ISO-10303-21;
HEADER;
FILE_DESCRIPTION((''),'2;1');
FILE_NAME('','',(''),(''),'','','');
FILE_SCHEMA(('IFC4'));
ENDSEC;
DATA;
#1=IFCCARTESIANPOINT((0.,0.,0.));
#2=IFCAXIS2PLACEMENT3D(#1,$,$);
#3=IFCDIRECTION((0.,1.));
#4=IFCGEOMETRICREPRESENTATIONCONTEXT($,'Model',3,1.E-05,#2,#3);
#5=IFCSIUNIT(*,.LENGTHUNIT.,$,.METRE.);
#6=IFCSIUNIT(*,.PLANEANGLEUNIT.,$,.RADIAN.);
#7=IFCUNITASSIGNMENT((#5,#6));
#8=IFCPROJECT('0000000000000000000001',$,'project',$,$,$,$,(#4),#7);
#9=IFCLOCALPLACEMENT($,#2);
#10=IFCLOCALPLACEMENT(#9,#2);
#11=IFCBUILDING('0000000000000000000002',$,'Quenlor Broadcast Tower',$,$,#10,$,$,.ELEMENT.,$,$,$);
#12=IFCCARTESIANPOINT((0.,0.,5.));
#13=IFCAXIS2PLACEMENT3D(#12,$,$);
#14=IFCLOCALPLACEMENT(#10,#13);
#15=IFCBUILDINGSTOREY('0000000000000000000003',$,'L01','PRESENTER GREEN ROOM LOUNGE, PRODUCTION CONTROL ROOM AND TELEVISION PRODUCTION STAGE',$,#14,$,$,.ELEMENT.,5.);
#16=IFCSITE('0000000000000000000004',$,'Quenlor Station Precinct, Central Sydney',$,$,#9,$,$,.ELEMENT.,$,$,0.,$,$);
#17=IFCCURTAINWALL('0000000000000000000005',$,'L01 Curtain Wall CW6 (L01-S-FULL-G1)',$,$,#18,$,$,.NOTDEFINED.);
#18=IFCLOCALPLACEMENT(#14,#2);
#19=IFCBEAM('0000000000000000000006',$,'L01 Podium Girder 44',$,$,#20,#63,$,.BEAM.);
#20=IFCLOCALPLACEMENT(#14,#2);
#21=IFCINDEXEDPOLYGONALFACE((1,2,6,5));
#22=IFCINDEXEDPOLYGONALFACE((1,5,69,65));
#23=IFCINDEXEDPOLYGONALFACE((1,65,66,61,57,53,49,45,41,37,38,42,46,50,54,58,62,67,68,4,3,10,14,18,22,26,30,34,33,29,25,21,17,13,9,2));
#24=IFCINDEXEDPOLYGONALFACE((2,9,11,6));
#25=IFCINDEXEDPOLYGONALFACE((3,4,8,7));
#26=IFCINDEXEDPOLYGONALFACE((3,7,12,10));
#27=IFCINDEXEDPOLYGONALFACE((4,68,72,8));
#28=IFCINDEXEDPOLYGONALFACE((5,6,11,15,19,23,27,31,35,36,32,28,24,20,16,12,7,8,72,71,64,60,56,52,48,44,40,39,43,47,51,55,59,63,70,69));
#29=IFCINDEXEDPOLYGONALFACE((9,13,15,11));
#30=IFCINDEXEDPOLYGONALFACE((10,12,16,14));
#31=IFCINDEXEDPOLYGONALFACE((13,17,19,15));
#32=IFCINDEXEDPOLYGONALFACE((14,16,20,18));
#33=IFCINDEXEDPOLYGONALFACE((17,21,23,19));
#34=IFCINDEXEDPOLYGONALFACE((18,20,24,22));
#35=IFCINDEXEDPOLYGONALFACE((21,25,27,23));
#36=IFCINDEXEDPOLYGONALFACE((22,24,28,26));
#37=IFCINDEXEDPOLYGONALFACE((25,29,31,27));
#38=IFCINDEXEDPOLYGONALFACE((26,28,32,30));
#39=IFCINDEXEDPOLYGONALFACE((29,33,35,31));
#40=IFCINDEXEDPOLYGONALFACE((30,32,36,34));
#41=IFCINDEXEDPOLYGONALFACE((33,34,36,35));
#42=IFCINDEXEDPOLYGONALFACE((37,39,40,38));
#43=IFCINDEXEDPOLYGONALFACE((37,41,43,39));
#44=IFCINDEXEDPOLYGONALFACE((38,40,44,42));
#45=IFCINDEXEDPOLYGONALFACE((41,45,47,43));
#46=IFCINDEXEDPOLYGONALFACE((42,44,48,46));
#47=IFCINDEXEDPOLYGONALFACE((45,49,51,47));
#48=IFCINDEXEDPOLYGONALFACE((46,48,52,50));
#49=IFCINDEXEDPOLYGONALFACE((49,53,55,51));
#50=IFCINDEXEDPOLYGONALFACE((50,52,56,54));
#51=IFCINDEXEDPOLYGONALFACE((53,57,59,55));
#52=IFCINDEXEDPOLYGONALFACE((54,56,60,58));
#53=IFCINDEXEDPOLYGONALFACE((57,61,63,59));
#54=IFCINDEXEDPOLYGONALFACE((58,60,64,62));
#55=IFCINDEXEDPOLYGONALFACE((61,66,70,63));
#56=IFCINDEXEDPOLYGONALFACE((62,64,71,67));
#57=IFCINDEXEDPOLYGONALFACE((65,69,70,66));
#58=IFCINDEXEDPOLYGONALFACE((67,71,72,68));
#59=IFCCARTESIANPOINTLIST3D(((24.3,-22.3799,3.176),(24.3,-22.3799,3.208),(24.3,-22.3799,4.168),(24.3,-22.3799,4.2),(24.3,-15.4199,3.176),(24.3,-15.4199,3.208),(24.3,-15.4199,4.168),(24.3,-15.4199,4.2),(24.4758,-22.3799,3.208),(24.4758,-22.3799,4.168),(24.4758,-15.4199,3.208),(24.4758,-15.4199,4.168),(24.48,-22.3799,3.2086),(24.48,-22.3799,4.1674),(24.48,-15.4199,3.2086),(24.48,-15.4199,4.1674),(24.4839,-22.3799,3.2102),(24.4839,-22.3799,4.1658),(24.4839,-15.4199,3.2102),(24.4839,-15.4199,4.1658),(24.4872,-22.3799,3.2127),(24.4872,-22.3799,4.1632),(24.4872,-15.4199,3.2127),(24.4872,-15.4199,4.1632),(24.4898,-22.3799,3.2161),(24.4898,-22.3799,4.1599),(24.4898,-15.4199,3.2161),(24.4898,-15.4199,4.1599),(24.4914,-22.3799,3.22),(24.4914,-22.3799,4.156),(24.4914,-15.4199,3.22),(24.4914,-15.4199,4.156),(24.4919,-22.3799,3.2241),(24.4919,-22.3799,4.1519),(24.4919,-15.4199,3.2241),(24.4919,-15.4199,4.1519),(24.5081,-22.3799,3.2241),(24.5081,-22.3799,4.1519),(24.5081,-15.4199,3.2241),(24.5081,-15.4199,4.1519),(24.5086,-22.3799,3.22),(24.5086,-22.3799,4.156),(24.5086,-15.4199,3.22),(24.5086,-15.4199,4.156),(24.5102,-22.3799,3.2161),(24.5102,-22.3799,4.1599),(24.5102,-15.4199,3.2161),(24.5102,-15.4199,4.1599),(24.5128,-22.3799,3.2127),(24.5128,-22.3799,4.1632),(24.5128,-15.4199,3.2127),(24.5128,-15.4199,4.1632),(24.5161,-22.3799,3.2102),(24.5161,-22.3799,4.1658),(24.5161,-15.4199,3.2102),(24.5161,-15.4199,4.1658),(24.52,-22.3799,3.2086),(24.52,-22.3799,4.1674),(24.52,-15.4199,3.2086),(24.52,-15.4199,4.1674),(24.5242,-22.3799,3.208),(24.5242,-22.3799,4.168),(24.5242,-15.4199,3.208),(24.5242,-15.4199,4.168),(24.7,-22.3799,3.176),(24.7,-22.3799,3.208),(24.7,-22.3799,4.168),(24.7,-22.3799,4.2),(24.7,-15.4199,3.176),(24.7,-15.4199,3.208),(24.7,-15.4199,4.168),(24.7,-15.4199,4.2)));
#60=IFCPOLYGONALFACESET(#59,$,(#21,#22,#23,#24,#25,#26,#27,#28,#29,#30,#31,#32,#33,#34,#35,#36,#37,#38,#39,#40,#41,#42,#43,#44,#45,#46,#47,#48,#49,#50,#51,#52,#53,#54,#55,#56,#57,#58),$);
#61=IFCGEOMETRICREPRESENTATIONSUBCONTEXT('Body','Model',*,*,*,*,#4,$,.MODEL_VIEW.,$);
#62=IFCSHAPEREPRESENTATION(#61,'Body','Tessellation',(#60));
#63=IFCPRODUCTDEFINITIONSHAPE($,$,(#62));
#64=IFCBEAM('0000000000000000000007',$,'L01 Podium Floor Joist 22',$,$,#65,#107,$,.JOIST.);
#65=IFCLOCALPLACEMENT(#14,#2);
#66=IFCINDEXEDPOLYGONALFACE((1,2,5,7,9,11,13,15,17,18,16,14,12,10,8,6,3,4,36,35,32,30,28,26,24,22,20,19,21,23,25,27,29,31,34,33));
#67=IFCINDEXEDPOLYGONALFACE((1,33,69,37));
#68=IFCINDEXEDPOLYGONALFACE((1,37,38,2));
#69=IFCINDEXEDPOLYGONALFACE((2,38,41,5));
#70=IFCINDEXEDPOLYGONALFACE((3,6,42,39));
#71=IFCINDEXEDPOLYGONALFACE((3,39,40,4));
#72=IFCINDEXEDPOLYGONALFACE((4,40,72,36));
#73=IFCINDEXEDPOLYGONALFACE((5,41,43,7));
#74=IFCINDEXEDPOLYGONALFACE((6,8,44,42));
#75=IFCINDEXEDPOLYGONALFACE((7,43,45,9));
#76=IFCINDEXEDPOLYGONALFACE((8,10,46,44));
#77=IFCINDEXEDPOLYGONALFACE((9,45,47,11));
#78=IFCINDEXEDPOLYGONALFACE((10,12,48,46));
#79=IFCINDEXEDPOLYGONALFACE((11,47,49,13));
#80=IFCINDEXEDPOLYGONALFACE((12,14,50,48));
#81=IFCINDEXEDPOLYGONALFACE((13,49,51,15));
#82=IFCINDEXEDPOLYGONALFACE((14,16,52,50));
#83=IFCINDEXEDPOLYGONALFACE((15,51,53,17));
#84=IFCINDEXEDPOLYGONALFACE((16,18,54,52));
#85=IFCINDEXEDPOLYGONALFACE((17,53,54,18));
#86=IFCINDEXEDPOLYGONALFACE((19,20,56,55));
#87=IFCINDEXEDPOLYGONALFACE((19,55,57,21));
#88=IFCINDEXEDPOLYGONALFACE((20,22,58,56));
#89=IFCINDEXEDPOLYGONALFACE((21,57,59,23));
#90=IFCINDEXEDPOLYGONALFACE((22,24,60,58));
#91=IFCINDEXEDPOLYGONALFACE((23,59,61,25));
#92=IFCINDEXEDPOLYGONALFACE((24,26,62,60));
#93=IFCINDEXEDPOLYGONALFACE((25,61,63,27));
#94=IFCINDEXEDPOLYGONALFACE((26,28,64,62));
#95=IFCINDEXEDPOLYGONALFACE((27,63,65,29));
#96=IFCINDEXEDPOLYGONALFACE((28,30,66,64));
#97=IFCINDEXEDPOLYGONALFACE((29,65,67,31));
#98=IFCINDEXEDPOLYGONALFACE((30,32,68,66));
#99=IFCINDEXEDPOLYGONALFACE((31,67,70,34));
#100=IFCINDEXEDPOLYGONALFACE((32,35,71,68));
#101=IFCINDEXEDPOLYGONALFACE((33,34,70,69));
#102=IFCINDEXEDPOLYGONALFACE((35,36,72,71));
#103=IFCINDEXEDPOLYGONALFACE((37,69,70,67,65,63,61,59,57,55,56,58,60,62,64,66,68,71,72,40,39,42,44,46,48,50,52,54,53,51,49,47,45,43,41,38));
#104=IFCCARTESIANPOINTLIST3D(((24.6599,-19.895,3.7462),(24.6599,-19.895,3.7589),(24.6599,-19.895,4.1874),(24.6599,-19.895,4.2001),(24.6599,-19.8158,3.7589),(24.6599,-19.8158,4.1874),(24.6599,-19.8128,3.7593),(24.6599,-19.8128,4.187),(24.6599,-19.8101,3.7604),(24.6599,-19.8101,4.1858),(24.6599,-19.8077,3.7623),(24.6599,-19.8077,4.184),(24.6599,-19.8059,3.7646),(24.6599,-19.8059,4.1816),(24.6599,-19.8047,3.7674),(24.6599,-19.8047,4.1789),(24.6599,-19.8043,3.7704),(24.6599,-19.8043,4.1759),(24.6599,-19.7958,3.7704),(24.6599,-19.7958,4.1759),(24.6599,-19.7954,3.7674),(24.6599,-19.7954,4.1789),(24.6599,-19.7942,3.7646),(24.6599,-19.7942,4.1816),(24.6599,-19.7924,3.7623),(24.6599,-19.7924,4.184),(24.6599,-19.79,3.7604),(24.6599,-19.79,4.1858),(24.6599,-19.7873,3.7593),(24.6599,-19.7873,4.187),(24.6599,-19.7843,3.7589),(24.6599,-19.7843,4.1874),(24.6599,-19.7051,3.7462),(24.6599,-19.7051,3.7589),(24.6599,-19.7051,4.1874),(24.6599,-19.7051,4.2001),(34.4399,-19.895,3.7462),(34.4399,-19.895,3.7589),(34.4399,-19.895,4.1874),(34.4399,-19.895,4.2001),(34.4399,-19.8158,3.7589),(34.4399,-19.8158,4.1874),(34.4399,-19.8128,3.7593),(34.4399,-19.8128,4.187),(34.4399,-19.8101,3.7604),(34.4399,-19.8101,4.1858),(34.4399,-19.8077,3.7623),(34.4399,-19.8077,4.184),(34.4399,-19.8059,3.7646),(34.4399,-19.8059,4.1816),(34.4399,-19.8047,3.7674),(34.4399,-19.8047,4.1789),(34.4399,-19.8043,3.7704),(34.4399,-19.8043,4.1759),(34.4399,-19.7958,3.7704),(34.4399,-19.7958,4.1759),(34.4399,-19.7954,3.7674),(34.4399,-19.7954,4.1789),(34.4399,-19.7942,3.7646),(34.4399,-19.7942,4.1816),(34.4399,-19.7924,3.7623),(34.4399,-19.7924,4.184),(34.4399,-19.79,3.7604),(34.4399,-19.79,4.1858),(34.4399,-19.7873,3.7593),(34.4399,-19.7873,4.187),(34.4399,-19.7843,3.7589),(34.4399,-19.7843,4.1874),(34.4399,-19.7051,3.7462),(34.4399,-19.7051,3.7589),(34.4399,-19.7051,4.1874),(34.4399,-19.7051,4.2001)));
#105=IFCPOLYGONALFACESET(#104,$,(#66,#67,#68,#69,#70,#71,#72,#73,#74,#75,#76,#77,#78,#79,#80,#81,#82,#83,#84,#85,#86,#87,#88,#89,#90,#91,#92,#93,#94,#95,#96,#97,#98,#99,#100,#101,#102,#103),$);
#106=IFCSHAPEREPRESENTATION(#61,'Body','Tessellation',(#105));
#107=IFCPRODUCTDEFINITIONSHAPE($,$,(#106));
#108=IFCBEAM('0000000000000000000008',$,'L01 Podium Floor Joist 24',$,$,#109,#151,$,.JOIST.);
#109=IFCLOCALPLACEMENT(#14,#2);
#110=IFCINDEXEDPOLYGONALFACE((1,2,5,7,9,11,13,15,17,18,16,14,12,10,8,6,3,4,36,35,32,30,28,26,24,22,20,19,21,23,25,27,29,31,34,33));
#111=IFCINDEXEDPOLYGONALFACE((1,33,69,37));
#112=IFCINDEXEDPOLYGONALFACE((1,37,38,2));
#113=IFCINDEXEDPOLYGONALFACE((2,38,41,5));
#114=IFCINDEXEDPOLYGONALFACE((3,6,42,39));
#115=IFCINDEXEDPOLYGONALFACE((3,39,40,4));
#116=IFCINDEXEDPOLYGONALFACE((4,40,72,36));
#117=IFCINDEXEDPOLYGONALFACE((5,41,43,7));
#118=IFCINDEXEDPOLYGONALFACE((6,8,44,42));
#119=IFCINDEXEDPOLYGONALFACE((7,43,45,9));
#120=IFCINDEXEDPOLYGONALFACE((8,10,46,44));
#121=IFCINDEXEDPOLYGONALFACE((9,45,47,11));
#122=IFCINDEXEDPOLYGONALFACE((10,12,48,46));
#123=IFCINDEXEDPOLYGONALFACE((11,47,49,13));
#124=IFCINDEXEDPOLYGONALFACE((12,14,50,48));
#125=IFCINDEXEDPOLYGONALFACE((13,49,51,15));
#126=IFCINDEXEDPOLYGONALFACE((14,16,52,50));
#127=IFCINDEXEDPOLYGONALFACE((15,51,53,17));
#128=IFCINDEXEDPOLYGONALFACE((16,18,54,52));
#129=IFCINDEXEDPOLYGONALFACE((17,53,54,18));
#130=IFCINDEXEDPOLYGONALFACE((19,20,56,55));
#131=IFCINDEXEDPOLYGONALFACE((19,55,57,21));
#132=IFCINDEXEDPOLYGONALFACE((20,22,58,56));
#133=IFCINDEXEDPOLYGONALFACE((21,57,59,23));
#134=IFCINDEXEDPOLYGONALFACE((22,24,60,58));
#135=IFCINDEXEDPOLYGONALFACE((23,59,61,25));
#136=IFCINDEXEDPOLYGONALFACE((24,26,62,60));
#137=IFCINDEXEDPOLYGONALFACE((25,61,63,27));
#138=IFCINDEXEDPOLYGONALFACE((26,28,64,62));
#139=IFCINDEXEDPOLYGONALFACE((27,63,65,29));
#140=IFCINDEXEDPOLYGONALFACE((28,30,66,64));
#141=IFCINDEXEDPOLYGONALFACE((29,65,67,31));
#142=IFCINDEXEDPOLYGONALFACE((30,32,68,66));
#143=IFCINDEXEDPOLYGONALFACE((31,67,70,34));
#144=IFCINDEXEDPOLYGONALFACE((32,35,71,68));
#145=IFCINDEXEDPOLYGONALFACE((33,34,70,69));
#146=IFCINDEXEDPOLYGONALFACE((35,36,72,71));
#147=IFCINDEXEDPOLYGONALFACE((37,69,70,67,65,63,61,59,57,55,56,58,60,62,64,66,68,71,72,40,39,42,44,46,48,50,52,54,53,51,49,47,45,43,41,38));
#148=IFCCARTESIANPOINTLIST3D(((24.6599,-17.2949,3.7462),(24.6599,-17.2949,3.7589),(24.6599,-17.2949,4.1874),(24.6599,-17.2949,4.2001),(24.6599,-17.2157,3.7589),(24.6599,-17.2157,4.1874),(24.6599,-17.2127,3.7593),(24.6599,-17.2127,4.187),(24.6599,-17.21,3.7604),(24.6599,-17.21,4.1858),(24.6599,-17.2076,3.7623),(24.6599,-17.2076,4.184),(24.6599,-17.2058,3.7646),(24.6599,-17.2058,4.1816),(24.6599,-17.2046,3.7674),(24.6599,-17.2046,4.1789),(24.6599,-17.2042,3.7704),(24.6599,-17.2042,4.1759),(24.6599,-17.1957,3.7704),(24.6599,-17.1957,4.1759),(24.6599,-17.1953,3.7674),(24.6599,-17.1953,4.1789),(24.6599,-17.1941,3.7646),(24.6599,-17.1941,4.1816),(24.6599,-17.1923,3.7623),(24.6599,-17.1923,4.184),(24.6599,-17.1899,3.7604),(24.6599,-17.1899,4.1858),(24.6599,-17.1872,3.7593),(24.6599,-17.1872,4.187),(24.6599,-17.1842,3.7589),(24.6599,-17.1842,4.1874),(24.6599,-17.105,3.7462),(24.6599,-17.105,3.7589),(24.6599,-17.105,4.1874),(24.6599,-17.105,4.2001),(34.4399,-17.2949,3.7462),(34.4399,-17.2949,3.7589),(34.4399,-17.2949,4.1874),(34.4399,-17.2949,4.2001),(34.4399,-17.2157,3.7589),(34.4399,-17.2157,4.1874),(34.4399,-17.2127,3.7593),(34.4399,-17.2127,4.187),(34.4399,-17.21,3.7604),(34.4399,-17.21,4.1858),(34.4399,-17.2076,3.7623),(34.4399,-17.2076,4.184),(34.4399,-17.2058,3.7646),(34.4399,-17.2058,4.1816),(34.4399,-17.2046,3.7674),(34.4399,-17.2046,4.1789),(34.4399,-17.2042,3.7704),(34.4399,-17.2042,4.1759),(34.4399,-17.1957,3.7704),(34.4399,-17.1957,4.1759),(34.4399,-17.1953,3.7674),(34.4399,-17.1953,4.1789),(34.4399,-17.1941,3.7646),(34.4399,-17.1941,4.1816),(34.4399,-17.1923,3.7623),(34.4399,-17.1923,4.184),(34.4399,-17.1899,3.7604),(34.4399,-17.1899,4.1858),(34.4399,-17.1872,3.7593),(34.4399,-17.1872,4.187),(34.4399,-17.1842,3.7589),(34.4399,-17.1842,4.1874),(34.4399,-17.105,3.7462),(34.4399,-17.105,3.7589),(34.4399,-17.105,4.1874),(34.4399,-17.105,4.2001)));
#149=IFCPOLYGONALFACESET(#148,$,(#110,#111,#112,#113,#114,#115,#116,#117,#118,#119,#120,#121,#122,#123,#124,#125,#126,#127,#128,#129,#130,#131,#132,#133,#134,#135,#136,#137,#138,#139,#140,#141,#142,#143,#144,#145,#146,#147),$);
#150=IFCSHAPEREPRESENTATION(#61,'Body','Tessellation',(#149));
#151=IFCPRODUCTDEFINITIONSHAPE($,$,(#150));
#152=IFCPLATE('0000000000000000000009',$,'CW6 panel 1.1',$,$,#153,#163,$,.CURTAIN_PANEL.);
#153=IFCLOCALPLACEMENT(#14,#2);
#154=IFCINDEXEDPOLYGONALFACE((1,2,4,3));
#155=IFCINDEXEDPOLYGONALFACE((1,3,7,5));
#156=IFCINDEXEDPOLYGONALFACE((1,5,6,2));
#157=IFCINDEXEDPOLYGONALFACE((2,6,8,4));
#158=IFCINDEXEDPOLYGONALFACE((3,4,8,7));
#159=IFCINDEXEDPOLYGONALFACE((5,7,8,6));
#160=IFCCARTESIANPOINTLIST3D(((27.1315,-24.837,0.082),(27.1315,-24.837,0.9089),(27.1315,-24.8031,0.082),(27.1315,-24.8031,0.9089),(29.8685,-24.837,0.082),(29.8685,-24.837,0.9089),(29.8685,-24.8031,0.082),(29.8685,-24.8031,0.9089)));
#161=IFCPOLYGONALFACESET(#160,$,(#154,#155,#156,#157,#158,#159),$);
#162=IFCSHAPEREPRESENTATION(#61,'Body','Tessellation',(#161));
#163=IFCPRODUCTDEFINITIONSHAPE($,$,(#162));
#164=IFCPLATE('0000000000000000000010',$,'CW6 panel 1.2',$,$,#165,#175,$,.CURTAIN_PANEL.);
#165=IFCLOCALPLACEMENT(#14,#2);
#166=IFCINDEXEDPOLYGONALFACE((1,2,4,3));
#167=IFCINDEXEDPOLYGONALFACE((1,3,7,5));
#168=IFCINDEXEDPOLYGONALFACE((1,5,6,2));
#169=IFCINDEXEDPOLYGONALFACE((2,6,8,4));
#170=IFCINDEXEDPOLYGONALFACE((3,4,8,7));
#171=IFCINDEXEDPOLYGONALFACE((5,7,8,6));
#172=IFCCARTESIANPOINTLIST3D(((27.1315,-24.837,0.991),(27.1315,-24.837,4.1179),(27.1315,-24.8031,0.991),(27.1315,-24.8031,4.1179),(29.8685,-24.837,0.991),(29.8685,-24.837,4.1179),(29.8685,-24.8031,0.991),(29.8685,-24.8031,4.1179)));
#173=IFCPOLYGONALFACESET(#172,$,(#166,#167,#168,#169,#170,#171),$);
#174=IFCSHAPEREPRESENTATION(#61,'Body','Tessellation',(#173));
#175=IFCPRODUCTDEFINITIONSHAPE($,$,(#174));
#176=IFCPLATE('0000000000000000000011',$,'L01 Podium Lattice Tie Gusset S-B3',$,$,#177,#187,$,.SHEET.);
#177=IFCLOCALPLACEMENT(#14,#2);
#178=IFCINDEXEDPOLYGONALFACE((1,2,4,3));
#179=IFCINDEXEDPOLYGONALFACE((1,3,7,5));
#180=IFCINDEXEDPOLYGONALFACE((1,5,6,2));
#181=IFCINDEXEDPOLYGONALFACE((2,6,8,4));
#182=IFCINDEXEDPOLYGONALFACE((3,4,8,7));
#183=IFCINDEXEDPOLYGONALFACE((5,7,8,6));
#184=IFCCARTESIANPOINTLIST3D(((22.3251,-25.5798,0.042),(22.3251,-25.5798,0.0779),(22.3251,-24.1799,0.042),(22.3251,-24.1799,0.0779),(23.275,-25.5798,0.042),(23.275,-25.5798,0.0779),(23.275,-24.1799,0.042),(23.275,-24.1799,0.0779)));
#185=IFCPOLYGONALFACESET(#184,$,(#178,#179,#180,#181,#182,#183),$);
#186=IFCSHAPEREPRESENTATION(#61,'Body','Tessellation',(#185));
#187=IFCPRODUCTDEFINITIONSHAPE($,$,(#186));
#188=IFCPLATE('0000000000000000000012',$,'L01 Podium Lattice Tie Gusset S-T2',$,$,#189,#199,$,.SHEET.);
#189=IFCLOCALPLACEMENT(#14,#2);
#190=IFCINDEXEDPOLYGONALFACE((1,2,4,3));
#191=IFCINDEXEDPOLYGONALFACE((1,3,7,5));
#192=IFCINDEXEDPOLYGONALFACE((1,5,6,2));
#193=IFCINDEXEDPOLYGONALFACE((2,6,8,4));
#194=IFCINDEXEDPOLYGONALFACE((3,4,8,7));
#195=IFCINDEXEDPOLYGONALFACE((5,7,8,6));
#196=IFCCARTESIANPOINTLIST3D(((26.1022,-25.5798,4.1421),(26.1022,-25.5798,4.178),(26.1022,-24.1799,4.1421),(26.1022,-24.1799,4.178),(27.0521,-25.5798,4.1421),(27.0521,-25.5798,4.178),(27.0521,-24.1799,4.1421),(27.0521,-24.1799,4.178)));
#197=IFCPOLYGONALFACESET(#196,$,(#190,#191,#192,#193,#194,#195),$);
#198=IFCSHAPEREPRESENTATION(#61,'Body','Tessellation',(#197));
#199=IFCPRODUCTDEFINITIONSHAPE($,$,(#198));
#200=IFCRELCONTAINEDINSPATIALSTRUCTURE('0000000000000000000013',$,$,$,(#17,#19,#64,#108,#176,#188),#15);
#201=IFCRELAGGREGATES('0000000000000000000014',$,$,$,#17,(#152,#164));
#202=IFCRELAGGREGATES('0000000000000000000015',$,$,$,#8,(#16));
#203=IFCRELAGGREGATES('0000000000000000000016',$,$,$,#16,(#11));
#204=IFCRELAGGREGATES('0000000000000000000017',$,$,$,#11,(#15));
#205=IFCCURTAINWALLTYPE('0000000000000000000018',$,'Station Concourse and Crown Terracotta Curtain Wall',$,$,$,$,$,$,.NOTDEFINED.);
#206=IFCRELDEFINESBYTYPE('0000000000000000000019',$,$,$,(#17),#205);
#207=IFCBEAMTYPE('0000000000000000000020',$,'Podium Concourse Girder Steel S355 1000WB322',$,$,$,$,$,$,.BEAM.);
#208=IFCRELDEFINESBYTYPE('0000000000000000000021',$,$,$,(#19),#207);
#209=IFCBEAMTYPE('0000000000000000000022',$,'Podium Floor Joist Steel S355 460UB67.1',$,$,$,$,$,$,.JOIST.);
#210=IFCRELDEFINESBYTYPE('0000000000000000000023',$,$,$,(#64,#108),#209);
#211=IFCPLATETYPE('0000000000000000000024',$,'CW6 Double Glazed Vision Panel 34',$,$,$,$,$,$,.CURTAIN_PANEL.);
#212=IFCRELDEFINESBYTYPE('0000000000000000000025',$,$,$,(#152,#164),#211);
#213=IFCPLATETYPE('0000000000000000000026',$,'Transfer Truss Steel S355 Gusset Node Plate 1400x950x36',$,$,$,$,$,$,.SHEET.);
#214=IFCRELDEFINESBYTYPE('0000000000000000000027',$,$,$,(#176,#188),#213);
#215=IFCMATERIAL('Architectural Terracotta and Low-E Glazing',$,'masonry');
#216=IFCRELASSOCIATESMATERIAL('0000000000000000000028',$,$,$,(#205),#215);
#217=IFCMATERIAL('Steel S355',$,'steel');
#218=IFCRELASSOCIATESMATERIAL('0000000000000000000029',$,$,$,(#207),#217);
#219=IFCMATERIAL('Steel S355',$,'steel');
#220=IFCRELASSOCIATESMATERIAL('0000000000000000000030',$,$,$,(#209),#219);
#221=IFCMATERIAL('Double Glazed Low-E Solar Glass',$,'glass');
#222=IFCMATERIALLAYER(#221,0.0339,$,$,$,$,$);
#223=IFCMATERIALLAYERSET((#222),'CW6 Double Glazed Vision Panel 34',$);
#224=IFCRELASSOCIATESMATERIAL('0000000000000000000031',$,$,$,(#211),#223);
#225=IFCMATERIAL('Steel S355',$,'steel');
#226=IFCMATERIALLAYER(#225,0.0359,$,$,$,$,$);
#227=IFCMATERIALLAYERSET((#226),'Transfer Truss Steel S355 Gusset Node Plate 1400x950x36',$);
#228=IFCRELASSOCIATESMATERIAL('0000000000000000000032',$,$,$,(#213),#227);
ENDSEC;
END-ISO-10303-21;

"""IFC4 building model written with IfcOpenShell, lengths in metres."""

from ifc_helpers import new_model, si_unit, direction, frame, origin, origin_2d, place, context, subcontext, project, spatial, rectangle, i_section, extrude, material, layer, layer_set, material_profile, profile_set, type_object, element, aggregate, save


model = new_model("IFC4")

# Units and contexts
model_context = context("Model", 3, precision=1e-05, world=origin(), true_north=direction((0.0, 1.0)))
body_context = subcontext(model_context, "Body", "Model", "MODEL_VIEW")
ifc_project = project(units=[si_unit("LENGTHUNIT", "METRE"), si_unit("PLANEANGLEUNIT", "RADIAN")], contexts=[model_context])

# Site, building, storey
site_placement = place(None, origin())
site = spatial("IfcSite", under=ifc_project, at=site_placement, Name="Quenlor Station Precinct, Central Sydney", CompositionType="ELEMENT", RefElevation=0.0)
building_placement = place(site_placement, origin())
building = spatial("IfcBuilding", under=site, at=building_placement, Name="Quenlor Broadcast Tower", CompositionType="ELEMENT")
storey_placement = place(building_placement, frame((0.0, 0.0, 5.0)))
storey = spatial("IfcBuildingStorey", under=building, at=storey_placement, Name="L01", Description="PRESENTER GREEN ROOM LOUNGE, PRODUCTION CONTROL ROOM AND TELEVISION PRODUCTION STAGE", CompositionType="ELEMENT", Elevation=5.0)

# Curtain wall
ifc_material_1 = material(Name="Architectural Terracotta and Low-E Glazing", Category="masonry")
curtain_wall_type = type_object("IfcCurtainWallType", Name="Station Concourse and Crown Terracotta Curtain Wall", PredefinedType="NOTDEFINED", material=ifc_material_1)
curtain_wall_placement = place(storey_placement, origin())
curtain_wall = element("IfcCurtainWall", 1, at=curtain_wall_placement, inside=storey, type_object=curtain_wall_type, Name="L01 Curtain Wall CW6 (L01-S-FULL-G1)", PredefinedType="NOTDEFINED")

# Beams
ifc_material_2 = material(Name="Steel S355", Category="steel")
ifc_material_profile_1 = material_profile(ifc_material_2, i_section(OverallWidth=0.3999, OverallDepth=1.0239, WebThickness=0.0161, FlangeThickness=0.032, FilletRadius=0.0161, at=origin_2d()))
ifc_profile_set_1 = profile_set([ifc_material_profile_1], Name="Steel S355 1000WB322")
beam_type_1 = type_object("IfcBeamType", Name="Podium Concourse Girder Steel S355 1000WB322", PredefinedType="BEAM", material=ifc_profile_set_1)
beam_1_placement = place(storey_placement, frame((24.5, -22.3799, 3.688), z_axis=(0.0, 1.0, 0.0), x_axis=(-1.0, 0.0, 0.0)))
element("IfcBeam", 2, at=beam_1_placement, inside=storey, type_object=beam_type_1, Name="L01 Podium Girder 44", PredefinedType="BEAM", context=body_context, shape_type="SweptSolid", body=[
    extrude(i_section(OverallWidth=0.3999, OverallDepth=1.0239, WebThickness=0.0161, FlangeThickness=0.032, FilletRadius=0.0161, at=origin_2d()), origin(), (0.0, 0.0, 1.0), 6.96),
])
ifc_material_3 = material(Name="Steel S355", Category="steel")
ifc_material_profile_2 = material_profile(ifc_material_3, i_section(OverallWidth=0.1899, OverallDepth=0.4539, WebThickness=0.0085, FlangeThickness=0.0127, FilletRadius=0.0115, at=origin_2d()))
ifc_profile_set_2 = profile_set([ifc_material_profile_2], Name="Steel S355 460UB67.1")
beam_type_2 = type_object("IfcBeamType", Name="Podium Floor Joist Steel S355 460UB67.1", PredefinedType="JOIST", material=ifc_profile_set_2)
for number, where, z_axis, x_axis, name in (
    (3, (24.6599, -19.8, 3.9731), (1.0, 0.0, 0.0), (0.0, 1.0, 0.0), "L01 Podium Floor Joist 22"),
    (4, (24.6599, -17.2, 3.9731), (1.0, 0.0, 0.0), (0.0, 1.0, 0.0), "L01 Podium Floor Joist 24"),
):
    element("IfcBeam", number, at=place(storey_placement, frame(where, z_axis=z_axis, x_axis=x_axis)), inside=storey, type_object=beam_type_2, Name=name, PredefinedType="JOIST", context=body_context, shape_type="SweptSolid", body=[
        extrude(i_section(OverallWidth=0.1899, OverallDepth=0.4539, WebThickness=0.0085, FlangeThickness=0.0127, FilletRadius=0.0115, at=origin_2d()), origin(), (0.0, 0.0, 1.0), 9.78),
    ])

# Plates
ifc_material_4 = material(Name="Double Glazed Low-E Solar Glass", Category="glass")
ifc_layer_1 = layer(ifc_material_4, 0.0339)
ifc_layer_set_1 = layer_set([ifc_layer_1], Name="CW6 Double Glazed Vision Panel 34")
plate_type_1 = type_object("IfcPlateType", Name="CW6 Double Glazed Vision Panel 34", PredefinedType="CURTAIN_PANEL", material=ifc_layer_set_1)
plate_1_placement = place(storey_placement, frame((28.5, -24.8201, 0.082), z_axis=(0.0, 0.0, 1.0), x_axis=(-1.0, 0.0, 0.0)))
plate_1 = element("IfcPlate", 5, at=plate_1_placement, type_object=plate_type_1, Name="CW6 panel 1.1", PredefinedType="CURTAIN_PANEL", context=body_context, shape_type="SweptSolid", body=[
    extrude(rectangle(XDim=2.7371, YDim=0.0339, at=origin_2d()), origin(), (0.0, 0.0, 1.0), 0.8269),
])
plate_2_placement = place(storey_placement, frame((28.5, -24.8201, 0.991), z_axis=(0.0, 0.0, 1.0), x_axis=(-1.0, 0.0, 0.0)))
plate_2 = element("IfcPlate", 6, at=plate_2_placement, type_object=plate_type_1, Name="CW6 panel 1.2", PredefinedType="CURTAIN_PANEL", context=body_context, shape_type="SweptSolid", body=[
    extrude(rectangle(XDim=2.7371, YDim=0.0339, at=origin_2d()), origin(), (0.0, 0.0, 1.0), 3.127),
])
aggregate(curtain_wall, [plate_1, plate_2])

# Plates
ifc_material_5 = material(Name="Steel S355", Category="steel")
ifc_layer_2 = layer(ifc_material_5, 0.0359)
ifc_layer_set_2 = layer_set([ifc_layer_2], Name="Transfer Truss Steel S355 Gusset Node Plate 1400x950x36")
plate_type_2 = type_object("IfcPlateType", Name="Transfer Truss Steel S355 Gusset Node Plate 1400x950x36", PredefinedType="SHEET", material=ifc_layer_set_2)
for number, where, z_axis, x_axis, name in (
    (7, (22.8, -24.8799, 0.042), (0.0, 0.0, 1.0), (0.0, -1.0, 0.0), "L01 Podium Lattice Tie Gusset S-B3"),
    (8, (26.5771, -24.8799, 4.1421), (0.0, 0.0, 1.0), (0.0, -1.0, 0.0), "L01 Podium Lattice Tie Gusset S-T2"),
):
    element("IfcPlate", number, at=place(storey_placement, frame(where, z_axis=z_axis, x_axis=x_axis)), inside=storey, type_object=plate_type_2, Name=name, PredefinedType="SHEET", context=body_context, shape_type="SweptSolid", body=[
        extrude(rectangle(XDim=1.3999, YDim=0.95, at=origin_2d()), origin(), (0.0, 0.0, 1.0), 0.0359),
    ])

save(model, "model.ifc")
